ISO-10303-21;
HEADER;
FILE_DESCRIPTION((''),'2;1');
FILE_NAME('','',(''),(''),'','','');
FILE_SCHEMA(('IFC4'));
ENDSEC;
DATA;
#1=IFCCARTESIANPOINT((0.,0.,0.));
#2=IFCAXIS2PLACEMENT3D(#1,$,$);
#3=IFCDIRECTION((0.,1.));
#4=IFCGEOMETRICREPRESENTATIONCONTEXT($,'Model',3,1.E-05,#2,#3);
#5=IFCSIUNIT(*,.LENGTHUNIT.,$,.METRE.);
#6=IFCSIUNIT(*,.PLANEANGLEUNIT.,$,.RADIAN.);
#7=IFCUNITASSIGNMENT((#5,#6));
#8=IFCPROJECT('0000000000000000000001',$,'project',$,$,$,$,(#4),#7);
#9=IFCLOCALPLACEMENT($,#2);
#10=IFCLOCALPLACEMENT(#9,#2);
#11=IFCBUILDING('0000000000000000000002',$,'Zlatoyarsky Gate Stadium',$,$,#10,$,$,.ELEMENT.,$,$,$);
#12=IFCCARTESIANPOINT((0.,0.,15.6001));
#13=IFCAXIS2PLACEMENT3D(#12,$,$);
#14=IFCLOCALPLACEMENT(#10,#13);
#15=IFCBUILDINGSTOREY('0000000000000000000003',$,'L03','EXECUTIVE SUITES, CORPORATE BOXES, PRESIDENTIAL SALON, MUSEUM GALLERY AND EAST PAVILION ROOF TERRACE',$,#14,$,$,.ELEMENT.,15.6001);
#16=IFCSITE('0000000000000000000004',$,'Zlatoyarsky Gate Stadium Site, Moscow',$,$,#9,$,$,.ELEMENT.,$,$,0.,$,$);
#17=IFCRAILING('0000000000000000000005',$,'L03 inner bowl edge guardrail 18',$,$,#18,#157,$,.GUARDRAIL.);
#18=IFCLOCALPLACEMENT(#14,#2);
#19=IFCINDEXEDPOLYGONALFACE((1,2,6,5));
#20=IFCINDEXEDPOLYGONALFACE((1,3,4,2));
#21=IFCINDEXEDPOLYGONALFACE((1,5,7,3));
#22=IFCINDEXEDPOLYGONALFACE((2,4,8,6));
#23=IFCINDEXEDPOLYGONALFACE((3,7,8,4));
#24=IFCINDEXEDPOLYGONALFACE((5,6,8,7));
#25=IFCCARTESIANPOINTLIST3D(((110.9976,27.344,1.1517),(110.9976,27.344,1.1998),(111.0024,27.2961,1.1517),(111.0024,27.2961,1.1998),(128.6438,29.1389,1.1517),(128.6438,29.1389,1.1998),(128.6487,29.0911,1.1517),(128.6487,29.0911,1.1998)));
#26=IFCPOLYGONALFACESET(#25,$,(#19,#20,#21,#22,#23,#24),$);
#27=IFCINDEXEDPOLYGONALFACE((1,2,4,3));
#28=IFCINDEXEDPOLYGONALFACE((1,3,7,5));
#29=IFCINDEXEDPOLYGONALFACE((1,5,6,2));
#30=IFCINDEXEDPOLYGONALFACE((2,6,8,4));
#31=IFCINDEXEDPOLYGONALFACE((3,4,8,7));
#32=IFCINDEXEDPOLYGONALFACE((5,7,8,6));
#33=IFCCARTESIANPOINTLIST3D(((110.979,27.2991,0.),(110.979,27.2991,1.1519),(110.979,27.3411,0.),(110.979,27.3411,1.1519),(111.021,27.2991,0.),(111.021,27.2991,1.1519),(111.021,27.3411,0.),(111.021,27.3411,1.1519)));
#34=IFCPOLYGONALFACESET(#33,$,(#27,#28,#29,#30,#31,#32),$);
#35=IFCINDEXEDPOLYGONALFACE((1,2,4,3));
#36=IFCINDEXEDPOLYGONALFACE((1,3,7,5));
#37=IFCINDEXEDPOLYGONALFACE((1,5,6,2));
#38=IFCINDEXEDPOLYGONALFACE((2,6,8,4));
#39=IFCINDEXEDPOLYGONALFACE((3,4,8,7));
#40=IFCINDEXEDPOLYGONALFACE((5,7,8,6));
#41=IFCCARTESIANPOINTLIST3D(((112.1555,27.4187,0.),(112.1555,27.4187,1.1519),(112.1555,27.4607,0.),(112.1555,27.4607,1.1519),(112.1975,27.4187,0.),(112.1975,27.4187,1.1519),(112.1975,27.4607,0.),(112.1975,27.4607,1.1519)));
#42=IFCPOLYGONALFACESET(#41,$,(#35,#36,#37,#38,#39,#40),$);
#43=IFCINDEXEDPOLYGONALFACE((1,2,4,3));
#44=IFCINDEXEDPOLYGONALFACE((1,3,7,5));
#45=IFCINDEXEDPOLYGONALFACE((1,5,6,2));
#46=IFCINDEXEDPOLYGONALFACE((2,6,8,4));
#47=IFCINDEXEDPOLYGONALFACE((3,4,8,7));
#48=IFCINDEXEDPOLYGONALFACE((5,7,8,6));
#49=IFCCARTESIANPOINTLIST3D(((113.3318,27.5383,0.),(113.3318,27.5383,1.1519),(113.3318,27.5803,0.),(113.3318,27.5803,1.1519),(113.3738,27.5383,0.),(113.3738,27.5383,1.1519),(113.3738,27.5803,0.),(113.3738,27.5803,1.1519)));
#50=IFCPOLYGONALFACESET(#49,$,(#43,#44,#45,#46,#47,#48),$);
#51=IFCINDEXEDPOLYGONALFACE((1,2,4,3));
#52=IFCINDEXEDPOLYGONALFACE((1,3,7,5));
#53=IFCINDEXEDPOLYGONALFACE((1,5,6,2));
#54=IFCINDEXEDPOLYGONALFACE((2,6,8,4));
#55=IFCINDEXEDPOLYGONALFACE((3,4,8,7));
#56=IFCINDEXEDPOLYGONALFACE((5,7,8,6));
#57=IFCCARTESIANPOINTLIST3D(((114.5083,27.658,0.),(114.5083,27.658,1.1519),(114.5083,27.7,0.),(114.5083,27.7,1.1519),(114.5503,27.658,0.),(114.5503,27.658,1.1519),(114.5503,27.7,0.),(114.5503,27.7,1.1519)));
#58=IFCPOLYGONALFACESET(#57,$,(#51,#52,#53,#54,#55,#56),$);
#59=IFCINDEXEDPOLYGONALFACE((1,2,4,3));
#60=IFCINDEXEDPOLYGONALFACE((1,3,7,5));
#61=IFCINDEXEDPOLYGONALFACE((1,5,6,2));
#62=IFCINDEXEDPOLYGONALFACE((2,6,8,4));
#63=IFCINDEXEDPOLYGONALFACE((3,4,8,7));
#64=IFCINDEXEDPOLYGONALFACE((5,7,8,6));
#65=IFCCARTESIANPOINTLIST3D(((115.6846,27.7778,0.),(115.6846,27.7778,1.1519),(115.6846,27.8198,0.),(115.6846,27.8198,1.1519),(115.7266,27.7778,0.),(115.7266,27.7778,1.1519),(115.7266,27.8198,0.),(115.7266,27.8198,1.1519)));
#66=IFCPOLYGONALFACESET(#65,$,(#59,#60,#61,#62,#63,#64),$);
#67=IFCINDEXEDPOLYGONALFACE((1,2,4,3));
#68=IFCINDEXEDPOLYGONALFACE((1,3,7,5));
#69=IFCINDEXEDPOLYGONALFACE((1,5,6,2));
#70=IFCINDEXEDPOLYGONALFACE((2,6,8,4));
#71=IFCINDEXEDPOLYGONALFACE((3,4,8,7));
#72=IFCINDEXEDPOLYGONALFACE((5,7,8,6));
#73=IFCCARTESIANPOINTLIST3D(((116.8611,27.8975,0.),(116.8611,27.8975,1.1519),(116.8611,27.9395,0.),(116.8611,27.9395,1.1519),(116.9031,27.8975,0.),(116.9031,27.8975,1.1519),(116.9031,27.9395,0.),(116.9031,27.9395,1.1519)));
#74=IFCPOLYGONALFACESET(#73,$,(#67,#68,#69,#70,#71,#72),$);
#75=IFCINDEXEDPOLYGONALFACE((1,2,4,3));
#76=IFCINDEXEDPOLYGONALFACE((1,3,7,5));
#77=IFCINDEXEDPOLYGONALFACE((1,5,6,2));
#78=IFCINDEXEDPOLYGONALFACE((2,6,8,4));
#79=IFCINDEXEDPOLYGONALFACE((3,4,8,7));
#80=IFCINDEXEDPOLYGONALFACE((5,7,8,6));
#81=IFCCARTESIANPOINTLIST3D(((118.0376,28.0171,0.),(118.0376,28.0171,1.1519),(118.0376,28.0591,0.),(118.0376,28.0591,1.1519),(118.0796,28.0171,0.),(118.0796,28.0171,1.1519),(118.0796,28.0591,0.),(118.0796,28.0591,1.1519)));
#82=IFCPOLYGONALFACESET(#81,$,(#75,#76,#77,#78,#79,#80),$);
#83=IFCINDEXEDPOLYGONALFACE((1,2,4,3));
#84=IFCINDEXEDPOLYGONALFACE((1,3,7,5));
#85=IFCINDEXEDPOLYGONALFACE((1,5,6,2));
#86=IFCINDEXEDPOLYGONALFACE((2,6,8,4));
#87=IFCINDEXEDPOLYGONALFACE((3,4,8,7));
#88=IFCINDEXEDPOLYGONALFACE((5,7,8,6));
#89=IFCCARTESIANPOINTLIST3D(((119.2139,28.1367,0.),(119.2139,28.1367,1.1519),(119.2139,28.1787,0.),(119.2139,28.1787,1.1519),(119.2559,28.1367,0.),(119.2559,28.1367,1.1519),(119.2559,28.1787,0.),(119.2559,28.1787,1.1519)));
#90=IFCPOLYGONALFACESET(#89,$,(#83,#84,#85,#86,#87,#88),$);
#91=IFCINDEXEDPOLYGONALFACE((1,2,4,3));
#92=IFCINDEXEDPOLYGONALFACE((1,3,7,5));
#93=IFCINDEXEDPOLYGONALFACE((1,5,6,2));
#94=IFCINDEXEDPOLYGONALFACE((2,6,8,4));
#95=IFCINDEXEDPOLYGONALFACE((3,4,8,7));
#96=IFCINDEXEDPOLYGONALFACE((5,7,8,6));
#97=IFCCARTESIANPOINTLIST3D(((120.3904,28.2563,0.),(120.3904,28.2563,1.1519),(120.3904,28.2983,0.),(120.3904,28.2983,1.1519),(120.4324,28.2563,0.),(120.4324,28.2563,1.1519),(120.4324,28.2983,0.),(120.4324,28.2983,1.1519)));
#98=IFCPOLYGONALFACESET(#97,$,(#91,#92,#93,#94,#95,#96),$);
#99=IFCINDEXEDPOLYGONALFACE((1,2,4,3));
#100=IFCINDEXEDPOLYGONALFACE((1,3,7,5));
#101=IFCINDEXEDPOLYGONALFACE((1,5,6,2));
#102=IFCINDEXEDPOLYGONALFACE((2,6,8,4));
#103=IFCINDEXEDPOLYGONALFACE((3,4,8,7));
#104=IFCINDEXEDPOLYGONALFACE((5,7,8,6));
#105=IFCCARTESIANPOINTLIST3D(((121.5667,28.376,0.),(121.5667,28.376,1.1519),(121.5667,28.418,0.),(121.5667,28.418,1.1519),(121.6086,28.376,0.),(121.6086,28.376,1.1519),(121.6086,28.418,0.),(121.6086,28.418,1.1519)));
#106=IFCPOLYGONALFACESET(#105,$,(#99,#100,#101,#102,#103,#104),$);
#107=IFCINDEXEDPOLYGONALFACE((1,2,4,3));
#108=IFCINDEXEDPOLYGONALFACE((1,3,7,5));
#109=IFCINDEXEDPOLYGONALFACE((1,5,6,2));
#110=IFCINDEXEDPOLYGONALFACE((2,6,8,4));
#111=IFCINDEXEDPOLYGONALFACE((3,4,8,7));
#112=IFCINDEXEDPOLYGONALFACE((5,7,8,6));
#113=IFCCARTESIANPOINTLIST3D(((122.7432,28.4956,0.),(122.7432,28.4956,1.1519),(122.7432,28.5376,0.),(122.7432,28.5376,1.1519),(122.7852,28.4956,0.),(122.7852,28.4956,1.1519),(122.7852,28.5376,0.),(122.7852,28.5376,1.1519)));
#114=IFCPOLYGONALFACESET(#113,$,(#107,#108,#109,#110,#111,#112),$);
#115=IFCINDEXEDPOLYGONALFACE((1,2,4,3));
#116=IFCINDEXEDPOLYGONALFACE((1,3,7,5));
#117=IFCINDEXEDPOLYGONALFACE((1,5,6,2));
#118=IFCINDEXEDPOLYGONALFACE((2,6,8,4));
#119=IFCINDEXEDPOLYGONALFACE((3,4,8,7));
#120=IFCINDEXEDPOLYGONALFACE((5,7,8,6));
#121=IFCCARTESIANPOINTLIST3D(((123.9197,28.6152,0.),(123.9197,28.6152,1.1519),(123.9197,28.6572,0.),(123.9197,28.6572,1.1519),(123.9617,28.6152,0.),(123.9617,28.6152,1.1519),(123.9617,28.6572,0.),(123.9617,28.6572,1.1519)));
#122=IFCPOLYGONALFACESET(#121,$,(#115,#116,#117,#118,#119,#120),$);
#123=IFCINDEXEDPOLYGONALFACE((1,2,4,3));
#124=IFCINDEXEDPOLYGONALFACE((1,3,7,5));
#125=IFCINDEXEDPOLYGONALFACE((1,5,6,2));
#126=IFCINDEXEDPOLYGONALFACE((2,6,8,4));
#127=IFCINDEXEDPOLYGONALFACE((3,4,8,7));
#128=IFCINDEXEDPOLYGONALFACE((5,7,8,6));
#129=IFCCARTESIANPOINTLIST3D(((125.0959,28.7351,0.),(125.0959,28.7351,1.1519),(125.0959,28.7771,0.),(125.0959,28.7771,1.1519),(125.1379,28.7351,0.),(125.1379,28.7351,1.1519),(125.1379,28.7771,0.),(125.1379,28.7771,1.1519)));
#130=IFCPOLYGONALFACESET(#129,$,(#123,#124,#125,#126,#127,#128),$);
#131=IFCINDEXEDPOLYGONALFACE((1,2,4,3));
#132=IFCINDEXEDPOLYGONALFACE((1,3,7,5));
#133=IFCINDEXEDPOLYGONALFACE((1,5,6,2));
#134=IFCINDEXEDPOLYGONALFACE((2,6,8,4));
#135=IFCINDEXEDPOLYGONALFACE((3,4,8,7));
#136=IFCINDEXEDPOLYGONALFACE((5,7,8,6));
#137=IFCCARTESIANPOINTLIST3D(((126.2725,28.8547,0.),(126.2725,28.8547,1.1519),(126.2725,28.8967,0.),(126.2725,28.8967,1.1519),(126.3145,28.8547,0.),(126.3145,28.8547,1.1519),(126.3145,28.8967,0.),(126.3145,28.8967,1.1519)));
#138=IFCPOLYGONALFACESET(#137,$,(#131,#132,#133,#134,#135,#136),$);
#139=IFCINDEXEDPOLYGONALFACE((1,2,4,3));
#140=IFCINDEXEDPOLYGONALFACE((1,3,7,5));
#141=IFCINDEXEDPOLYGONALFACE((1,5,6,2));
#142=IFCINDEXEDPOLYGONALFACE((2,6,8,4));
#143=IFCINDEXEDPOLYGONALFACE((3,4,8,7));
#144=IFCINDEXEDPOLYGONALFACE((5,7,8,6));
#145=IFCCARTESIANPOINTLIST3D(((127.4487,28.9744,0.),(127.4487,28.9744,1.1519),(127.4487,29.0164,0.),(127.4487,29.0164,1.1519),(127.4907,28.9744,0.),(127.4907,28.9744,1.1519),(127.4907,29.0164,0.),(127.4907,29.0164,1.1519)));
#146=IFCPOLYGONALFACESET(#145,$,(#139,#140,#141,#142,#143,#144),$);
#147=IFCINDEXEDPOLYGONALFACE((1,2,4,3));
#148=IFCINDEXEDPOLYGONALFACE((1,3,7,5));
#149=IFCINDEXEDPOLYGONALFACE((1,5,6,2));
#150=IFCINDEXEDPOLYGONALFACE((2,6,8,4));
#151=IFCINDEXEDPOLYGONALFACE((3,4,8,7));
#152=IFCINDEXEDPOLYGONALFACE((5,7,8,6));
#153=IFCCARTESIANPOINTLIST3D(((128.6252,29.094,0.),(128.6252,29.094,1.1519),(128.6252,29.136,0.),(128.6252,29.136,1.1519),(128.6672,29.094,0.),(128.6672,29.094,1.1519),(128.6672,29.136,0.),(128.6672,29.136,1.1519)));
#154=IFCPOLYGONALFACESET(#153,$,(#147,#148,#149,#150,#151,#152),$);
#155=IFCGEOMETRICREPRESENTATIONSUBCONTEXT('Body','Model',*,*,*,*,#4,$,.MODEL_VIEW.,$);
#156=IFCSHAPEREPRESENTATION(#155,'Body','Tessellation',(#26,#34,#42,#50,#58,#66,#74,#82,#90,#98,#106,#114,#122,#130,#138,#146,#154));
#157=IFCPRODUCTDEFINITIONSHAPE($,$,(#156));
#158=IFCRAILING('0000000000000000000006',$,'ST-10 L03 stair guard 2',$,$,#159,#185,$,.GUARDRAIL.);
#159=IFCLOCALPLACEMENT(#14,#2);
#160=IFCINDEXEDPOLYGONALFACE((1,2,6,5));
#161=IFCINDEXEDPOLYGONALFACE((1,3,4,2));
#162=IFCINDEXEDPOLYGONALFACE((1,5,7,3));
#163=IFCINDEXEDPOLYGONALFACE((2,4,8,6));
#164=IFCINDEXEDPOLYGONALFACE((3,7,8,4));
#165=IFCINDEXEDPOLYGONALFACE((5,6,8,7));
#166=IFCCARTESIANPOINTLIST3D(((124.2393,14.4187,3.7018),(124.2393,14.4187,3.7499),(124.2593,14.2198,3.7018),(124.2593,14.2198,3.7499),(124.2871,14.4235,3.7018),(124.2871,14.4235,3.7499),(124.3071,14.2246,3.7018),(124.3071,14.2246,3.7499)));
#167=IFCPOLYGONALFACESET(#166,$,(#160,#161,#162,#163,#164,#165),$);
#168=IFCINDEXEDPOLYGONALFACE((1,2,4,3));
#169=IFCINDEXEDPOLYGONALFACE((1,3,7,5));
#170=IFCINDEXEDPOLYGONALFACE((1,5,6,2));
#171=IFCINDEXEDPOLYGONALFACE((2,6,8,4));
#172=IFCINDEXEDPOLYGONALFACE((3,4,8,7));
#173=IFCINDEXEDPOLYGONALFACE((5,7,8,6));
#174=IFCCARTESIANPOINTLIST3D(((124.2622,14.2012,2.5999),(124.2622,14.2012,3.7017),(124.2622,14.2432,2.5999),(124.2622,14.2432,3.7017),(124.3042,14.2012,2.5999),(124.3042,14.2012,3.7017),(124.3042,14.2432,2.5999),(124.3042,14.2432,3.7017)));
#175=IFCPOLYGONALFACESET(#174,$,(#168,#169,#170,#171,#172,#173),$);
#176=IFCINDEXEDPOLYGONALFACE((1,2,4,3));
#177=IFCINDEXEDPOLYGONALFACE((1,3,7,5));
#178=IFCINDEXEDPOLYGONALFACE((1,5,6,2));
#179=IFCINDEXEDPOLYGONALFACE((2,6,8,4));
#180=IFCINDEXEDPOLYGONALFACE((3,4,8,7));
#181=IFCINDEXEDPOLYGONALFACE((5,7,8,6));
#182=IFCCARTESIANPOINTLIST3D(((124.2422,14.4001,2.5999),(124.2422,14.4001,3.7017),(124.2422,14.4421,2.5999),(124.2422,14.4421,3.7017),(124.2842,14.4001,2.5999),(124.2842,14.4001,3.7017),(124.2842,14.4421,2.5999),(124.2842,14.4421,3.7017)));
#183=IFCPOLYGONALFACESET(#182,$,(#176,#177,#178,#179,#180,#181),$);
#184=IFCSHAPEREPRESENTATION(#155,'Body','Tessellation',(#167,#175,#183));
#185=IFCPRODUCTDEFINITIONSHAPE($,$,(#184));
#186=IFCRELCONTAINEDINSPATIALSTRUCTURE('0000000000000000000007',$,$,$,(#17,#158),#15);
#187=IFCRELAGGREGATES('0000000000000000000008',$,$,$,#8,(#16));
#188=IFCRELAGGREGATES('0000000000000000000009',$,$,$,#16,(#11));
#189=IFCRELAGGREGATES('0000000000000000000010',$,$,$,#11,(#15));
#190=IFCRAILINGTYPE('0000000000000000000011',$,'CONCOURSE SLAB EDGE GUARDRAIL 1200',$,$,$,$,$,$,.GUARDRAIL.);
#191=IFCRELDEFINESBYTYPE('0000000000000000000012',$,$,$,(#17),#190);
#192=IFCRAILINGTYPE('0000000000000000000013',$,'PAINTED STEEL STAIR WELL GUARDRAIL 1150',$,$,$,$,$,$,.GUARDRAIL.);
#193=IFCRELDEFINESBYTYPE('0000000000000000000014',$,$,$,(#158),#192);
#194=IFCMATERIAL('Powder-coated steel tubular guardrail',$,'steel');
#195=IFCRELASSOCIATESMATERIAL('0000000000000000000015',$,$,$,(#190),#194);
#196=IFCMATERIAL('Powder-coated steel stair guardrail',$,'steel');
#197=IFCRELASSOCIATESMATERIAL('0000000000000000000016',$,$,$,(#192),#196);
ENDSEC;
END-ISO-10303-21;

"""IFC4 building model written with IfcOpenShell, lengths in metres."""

from ifc_helpers import new_model, si_unit, direction, frame, origin, origin_2d, place, context, subcontext, project, spatial, rectangle, extrude, material, type_object, element, save


model = new_model("IFC4")

# Units and contexts
model_context = context("Model", 3, precision=1e-05, world=origin(), true_north=direction((0.0, 1.0)))
body_context = subcontext(model_context, "Body", "Model", "MODEL_VIEW")
ifc_project = project(units=[si_unit("LENGTHUNIT", "METRE"), si_unit("PLANEANGLEUNIT", "RADIAN")], contexts=[model_context])

# Site, building, storey
site_placement = place(None, origin())
site = spatial("IfcSite", under=ifc_project, at=site_placement, Name="Zlatoyarsky Gate Stadium Site, Moscow", CompositionType="ELEMENT", RefElevation=0.0)
building_placement = place(site_placement, origin())
building = spatial("IfcBuilding", under=site, at=building_placement, Name="Zlatoyarsky Gate Stadium", CompositionType="ELEMENT")
storey_placement = place(building_placement, frame((0.0, 0.0, 15.6001)))
storey = spatial("IfcBuildingStorey", under=building, at=storey_placement, Name="L03", Description="EXECUTIVE SUITES, CORPORATE BOXES, PRESIDENTIAL SALON, MUSEUM GALLERY AND EAST PAVILION ROOF TERRACE", CompositionType="ELEMENT", Elevation=15.6001)

# Railings
ifc_material_1 = material(Name="Powder-coated steel tubular guardrail", Category="steel")
railing_type_1 = type_object("IfcRailingType", Name="CONCOURSE SLAB EDGE GUARDRAIL 1200", PredefinedType="GUARDRAIL", material=ifc_material_1)
railing_1_placement = place(storey_placement, frame((111.0, 27.3201, 0.0)))
element("IfcRailing", 1, at=railing_1_placement, inside=storey, type_object=railing_type_1, Name="L03 inner bowl edge guardrail 18", PredefinedType="GUARDRAIL", context=body_context, shape_type="SweptSolid", body=[
    extrude(rectangle(XDim=0.0481, YDim=0.0481, at=origin_2d()), frame((0.0, 0.0, 1.1758), z_axis=(0.994867, 0.101195, 0.0), x_axis=(-0.101195, 0.994867, 0.0)), (0.0, 0.0, 1.0), 17.7373),
    extrude(rectangle(XDim=0.042, YDim=0.042, at=origin_2d()), origin(), (0.0, 0.0, 1.0), 1.1519),
    extrude(rectangle(XDim=0.042, YDim=0.042, at=origin_2d()), frame((1.1765, 0.1196, 0.0)), (0.0, 0.0, 1.0), 1.1519),
    extrude(rectangle(XDim=0.042, YDim=0.042, at=origin_2d()), frame((2.3528, 0.2393, 0.0)), (0.0, 0.0, 1.0), 1.1519),
    extrude(rectangle(XDim=0.042, YDim=0.042, at=origin_2d()), frame((3.5293, 0.3589, 0.0)), (0.0, 0.0, 1.0), 1.1519),
    extrude(rectangle(XDim=0.042, YDim=0.042, at=origin_2d()), frame((4.7056, 0.4788, 0.0)), (0.0, 0.0, 1.0), 1.1519),
    extrude(rectangle(XDim=0.042, YDim=0.042, at=origin_2d()), frame((5.8821, 0.5984, 0.0)), (0.0, 0.0, 1.0), 1.1519),
    extrude(rectangle(XDim=0.042, YDim=0.042, at=origin_2d()), frame((7.0586, 0.718, 0.0)), (0.0, 0.0, 1.0), 1.1519),
    extrude(rectangle(XDim=0.042, YDim=0.042, at=origin_2d()), frame((8.2349, 0.8376, 0.0)), (0.0, 0.0, 1.0), 1.1519),
    extrude(rectangle(XDim=0.042, YDim=0.042, at=origin_2d()), frame((9.4114, 0.9573, 0.0)), (0.0, 0.0, 1.0), 1.1519),
    extrude(rectangle(XDim=0.042, YDim=0.042, at=origin_2d()), frame((10.5876, 1.0769, 0.0)), (0.0, 0.0, 1.0), 1.1519),
    extrude(rectangle(XDim=0.042, YDim=0.042, at=origin_2d()), frame((11.7642, 1.1965, 0.0)), (0.0, 0.0, 1.0), 1.1519),
    extrude(rectangle(XDim=0.042, YDim=0.042, at=origin_2d()), frame((12.9407, 1.3162, 0.0)), (0.0, 0.0, 1.0), 1.1519),
    extrude(rectangle(XDim=0.042, YDim=0.042, at=origin_2d()), frame((14.1169, 1.436, 0.0)), (0.0, 0.0, 1.0), 1.1519),
    extrude(rectangle(XDim=0.042, YDim=0.042, at=origin_2d()), frame((15.2935, 1.5557, 0.0)), (0.0, 0.0, 1.0), 1.1519),
    extrude(rectangle(XDim=0.042, YDim=0.042, at=origin_2d()), frame((16.4697, 1.6753, 0.0)), (0.0, 0.0, 1.0), 1.1519),
    extrude(rectangle(XDim=0.042, YDim=0.042, at=origin_2d()), frame((17.6462, 1.7949, 0.0)), (0.0, 0.0, 1.0), 1.1519),
])
ifc_material_2 = material(Name="Powder-coated steel stair guardrail", Category="steel")
railing_type_2 = type_object("IfcRailingType", Name="PAINTED STEEL STAIR WELL GUARDRAIL 1150", PredefinedType="GUARDRAIL", material=ifc_material_2)
railing_2_placement = place(storey_placement, frame((124.2832, 14.2222, 2.5999)))
element("IfcRailing", 2, at=railing_2_placement, inside=storey, type_object=railing_type_2, Name="ST-10 L03 stair guard 2", PredefinedType="GUARDRAIL", context=body_context, shape_type="SweptSolid", body=[
    extrude(rectangle(XDim=0.0481, YDim=0.0481, at=origin_2d()), frame((0.0, 0.0, 1.126), z_axis=(-0.100108, 0.994977, 0.0), x_axis=(-0.994977, -0.100108, 0.0)), (0.0, 0.0, 1.0), 0.2),
    extrude(rectangle(XDim=0.042, YDim=0.042, at=origin_2d()), origin(), (0.0, 0.0, 1.0), 1.1018),
    extrude(rectangle(XDim=0.042, YDim=0.042, at=origin_2d()), frame((-0.02, 0.199, 0.0)), (0.0, 0.0, 1.0), 1.1018),
])

save(model, "model.ifc")
